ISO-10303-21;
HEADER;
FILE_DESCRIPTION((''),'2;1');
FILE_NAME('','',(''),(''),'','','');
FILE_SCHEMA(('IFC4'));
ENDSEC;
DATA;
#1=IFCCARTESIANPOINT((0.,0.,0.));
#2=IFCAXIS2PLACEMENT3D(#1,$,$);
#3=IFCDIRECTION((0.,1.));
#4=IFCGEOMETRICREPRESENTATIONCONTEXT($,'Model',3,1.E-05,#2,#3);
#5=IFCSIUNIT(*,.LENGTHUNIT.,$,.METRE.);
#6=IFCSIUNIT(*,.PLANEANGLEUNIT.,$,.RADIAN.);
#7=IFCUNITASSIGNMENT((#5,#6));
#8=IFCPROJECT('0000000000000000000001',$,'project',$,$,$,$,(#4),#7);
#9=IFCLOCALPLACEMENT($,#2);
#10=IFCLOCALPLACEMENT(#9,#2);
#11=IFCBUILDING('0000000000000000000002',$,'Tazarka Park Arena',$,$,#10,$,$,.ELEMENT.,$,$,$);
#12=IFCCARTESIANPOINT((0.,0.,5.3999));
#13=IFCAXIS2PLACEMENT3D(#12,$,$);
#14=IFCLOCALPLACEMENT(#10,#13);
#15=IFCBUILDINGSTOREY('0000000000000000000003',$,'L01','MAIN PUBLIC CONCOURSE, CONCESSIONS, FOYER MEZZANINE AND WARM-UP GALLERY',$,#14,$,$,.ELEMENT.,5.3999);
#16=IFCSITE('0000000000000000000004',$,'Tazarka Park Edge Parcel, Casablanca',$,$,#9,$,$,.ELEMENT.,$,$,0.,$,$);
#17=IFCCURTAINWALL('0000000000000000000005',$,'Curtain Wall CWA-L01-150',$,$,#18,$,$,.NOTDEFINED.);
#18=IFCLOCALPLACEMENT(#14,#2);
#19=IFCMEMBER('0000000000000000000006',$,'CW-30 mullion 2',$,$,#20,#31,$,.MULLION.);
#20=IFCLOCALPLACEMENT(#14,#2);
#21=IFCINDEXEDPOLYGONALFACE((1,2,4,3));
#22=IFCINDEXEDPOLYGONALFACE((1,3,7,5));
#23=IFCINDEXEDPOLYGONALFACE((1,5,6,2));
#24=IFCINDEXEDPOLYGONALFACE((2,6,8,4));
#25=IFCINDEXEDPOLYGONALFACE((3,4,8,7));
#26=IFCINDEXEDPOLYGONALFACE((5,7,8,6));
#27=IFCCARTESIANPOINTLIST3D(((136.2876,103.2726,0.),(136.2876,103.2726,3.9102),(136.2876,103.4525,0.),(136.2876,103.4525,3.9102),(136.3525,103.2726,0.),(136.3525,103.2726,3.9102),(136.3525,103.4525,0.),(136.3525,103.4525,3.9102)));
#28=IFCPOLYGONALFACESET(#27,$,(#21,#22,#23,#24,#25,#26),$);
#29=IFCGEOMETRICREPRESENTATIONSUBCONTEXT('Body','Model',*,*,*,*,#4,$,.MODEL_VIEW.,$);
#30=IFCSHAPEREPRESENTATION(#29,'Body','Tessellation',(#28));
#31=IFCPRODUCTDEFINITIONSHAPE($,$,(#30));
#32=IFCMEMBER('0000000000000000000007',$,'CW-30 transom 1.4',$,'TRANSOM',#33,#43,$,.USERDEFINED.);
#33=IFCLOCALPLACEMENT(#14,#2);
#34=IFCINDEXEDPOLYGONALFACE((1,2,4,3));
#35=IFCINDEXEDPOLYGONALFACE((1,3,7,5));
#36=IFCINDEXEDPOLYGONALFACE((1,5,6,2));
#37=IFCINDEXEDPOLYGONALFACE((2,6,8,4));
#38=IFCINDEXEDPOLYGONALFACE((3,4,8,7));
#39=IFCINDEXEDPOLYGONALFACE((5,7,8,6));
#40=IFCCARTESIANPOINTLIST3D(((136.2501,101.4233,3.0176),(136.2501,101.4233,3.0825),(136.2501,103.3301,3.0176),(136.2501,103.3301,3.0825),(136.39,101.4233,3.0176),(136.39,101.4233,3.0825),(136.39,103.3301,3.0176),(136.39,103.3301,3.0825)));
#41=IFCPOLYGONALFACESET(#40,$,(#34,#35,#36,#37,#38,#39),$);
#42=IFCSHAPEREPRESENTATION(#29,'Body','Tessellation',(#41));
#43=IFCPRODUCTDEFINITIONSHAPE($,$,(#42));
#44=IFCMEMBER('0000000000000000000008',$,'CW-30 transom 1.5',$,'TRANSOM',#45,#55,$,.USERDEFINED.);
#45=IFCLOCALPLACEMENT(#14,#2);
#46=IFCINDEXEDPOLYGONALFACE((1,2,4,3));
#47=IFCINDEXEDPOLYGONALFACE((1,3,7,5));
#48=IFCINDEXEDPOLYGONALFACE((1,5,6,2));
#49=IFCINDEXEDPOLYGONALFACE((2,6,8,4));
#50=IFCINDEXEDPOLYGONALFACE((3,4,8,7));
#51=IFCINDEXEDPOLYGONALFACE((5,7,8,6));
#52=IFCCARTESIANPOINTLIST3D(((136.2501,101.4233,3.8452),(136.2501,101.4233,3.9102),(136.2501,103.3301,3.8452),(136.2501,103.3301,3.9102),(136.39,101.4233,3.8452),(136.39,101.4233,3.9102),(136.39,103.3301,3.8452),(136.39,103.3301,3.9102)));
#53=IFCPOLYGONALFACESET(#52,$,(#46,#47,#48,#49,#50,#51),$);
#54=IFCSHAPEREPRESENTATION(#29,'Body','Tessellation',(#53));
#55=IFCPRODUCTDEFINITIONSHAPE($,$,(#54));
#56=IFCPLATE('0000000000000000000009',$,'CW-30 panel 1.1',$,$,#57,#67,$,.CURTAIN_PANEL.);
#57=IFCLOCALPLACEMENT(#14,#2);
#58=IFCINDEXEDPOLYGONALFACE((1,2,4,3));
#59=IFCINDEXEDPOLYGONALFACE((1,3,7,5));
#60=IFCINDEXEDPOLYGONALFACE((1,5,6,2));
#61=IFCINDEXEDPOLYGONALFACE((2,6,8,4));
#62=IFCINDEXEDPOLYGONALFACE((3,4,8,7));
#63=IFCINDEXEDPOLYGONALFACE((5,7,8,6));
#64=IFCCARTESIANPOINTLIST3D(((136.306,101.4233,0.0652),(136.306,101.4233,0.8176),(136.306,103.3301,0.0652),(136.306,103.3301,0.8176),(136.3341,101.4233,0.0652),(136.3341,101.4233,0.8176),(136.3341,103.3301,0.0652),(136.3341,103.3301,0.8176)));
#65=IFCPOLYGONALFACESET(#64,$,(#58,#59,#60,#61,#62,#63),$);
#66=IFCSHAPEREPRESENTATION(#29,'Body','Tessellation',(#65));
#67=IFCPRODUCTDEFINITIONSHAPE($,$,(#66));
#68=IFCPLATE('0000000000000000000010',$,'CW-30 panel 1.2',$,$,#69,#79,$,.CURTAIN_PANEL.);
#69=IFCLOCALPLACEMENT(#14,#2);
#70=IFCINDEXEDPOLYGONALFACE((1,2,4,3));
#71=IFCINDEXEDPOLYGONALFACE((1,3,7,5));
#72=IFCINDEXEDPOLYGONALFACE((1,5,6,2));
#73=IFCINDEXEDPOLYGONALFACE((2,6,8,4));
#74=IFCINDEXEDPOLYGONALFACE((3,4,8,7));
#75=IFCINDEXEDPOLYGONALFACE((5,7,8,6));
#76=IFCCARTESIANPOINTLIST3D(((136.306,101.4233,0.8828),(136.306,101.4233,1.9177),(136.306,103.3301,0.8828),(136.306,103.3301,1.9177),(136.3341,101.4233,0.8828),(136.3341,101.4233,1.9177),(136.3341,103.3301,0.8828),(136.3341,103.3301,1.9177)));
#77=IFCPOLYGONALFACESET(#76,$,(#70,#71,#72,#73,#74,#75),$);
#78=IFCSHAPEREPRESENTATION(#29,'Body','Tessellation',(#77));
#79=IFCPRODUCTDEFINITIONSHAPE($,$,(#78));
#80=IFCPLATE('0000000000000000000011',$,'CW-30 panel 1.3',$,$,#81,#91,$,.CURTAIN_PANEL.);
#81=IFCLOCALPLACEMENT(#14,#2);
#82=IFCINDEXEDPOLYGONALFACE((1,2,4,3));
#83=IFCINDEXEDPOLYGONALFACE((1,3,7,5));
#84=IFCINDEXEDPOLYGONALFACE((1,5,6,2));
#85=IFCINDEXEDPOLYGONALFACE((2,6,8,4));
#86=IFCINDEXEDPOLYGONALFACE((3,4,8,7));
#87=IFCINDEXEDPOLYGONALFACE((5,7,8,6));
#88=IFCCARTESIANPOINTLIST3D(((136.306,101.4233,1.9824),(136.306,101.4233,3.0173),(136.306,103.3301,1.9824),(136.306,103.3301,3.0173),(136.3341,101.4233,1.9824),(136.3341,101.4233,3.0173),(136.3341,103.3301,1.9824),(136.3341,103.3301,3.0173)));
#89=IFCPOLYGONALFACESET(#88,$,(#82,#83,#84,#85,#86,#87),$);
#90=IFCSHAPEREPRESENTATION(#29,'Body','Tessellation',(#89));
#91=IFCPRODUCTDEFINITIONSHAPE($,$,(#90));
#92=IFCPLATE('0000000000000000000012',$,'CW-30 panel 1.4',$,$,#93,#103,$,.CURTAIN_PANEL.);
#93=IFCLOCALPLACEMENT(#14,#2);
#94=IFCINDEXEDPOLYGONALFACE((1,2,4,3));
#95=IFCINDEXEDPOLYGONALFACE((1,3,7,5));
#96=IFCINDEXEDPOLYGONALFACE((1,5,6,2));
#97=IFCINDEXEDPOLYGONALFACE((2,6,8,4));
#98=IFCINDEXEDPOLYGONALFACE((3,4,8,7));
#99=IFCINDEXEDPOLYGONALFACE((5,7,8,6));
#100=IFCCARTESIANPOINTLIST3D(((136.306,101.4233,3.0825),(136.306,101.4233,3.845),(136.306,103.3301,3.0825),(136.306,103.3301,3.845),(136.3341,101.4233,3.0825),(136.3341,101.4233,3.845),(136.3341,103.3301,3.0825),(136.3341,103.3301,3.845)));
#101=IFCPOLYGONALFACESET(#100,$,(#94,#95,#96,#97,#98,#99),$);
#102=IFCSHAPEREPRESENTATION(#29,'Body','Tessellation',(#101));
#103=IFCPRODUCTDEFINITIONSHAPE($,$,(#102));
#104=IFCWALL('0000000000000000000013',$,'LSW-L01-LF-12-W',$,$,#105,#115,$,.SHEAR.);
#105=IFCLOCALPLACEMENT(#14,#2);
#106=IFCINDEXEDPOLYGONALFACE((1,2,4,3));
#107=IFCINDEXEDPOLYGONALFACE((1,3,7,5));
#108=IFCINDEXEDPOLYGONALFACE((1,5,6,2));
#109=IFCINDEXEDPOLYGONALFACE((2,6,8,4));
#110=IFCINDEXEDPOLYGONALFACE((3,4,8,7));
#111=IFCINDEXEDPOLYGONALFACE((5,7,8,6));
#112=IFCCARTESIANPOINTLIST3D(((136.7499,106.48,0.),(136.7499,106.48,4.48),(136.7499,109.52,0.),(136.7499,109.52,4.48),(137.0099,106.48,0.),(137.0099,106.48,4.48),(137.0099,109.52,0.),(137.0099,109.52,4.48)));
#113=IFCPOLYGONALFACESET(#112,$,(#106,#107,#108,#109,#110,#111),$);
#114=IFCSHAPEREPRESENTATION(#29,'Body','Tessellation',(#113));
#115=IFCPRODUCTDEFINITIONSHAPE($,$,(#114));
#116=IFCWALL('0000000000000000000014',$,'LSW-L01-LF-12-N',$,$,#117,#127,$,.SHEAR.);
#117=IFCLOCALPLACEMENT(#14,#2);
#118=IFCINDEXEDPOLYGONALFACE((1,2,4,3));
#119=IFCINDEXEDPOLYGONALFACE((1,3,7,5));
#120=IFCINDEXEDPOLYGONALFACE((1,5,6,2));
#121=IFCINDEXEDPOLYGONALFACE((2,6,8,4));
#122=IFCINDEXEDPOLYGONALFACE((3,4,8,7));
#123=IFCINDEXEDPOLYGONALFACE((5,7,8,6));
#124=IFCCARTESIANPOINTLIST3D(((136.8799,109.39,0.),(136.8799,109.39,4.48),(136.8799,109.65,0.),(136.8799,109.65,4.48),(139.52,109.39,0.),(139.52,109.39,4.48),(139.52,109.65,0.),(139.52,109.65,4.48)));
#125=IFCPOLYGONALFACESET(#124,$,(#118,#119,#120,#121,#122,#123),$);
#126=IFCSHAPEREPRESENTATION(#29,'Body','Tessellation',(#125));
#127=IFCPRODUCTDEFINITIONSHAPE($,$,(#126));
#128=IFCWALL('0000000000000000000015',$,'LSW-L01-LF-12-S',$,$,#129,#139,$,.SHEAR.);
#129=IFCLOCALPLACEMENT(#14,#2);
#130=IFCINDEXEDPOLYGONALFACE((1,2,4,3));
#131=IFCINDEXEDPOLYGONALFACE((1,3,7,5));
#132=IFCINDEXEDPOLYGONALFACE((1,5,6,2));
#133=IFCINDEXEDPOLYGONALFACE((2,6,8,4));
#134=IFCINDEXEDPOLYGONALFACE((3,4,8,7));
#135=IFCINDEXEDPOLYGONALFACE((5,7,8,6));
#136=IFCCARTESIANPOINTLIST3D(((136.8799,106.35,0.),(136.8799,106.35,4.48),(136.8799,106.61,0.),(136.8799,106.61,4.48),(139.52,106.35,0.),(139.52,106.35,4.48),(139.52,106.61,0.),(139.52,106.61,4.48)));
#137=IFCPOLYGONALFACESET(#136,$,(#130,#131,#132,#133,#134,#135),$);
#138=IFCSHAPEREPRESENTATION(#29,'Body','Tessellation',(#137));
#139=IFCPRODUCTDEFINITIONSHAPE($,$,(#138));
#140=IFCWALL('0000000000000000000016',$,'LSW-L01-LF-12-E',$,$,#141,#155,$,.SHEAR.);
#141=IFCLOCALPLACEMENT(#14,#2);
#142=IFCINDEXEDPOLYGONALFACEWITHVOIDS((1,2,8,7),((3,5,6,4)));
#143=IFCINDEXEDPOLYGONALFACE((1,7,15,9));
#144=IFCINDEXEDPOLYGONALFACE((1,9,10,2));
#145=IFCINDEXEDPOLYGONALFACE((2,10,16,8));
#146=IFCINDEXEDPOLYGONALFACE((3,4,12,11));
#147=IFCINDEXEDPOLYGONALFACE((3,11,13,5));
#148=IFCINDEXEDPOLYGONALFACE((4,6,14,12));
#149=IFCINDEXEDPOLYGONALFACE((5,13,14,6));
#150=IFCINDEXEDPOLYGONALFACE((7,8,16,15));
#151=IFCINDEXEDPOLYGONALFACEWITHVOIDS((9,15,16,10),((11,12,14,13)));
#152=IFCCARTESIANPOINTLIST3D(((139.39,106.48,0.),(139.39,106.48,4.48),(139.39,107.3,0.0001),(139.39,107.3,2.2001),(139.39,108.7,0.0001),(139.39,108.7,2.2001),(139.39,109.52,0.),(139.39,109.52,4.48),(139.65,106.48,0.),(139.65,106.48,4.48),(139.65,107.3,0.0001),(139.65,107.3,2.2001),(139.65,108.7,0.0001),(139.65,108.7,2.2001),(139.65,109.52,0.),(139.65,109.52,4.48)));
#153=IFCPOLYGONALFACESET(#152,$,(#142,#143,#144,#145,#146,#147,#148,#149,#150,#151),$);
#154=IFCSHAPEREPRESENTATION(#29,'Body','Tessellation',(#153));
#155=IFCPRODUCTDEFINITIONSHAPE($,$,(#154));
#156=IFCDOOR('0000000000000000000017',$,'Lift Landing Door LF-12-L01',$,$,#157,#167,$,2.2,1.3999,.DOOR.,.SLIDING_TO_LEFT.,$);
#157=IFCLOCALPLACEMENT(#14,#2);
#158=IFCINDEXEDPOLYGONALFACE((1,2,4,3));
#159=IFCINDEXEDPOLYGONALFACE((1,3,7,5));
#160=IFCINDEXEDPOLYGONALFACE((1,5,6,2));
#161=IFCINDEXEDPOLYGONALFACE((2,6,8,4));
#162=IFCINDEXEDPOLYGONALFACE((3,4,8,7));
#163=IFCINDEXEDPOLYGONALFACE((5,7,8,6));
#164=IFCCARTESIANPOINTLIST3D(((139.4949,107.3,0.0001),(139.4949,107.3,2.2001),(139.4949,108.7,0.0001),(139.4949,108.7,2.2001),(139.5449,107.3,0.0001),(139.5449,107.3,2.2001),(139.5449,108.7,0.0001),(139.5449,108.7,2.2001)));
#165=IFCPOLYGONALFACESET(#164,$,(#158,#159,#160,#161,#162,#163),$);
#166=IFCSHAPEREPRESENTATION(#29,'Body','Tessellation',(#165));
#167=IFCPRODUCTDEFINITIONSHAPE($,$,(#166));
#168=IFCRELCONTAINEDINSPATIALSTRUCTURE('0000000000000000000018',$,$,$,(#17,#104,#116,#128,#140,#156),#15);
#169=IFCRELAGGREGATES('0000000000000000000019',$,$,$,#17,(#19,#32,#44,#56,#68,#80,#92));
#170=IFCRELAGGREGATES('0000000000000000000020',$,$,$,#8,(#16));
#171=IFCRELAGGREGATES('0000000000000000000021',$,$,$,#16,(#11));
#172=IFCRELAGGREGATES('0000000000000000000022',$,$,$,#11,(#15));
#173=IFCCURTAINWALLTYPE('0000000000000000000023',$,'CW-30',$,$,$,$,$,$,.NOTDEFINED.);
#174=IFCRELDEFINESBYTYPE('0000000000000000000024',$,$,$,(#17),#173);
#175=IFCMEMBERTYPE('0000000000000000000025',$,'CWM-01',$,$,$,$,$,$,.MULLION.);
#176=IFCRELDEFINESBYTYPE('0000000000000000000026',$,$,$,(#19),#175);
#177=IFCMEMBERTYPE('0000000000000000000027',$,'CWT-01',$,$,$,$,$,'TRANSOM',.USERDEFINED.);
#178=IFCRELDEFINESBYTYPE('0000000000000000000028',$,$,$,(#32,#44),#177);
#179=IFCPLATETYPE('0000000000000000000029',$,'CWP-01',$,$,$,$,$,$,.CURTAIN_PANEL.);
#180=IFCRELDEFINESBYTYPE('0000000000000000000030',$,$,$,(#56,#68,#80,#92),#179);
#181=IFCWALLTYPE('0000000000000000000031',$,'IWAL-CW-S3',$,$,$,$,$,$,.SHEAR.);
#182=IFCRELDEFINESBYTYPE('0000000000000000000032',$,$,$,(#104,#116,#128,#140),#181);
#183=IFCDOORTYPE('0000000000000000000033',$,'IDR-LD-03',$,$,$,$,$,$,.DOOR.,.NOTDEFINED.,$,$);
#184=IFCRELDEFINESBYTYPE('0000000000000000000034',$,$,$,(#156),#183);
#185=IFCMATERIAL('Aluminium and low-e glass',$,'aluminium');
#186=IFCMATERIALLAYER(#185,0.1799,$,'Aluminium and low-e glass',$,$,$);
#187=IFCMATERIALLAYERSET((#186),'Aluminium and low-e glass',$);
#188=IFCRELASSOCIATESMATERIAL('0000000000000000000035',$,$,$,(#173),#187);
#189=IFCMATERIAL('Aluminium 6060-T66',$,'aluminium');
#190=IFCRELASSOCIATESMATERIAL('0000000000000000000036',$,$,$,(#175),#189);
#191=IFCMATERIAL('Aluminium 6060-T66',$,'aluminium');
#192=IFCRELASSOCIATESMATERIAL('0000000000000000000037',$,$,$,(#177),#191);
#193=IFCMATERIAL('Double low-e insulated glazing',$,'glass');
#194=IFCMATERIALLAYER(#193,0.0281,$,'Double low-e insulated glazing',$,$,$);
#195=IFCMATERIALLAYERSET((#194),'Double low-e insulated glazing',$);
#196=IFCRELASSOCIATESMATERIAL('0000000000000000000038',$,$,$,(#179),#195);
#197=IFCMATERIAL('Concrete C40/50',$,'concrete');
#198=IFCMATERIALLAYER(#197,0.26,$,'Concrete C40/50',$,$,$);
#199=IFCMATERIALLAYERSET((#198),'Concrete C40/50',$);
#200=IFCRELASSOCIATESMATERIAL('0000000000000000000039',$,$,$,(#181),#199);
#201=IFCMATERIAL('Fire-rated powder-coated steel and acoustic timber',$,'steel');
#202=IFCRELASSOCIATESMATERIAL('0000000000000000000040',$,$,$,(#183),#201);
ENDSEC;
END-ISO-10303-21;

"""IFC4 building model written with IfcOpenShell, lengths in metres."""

from ifc_helpers import new_model, si_unit, direction, frame, frame_2d, origin, origin_2d, place, context, subcontext, project, spatial, rectangle, extrude, material, layer, layer_set, material_profile, profile_set, type_object, element, fill, aggregate, save


model = new_model("IFC4")

# Units and contexts
model_context = context("Model", 3, precision=1e-05, world=origin(), true_north=direction((0.0, 1.0)))
body_context = subcontext(model_context, "Body", "Model", "MODEL_VIEW")
ifc_project = project(units=[si_unit("LENGTHUNIT", "METRE"), si_unit("PLANEANGLEUNIT", "RADIAN")], contexts=[model_context])

# Site, building, storey
site_placement = place(None, origin())
site = spatial("IfcSite", under=ifc_project, at=site_placement, Name="Tazarka Park Edge Parcel, Casablanca", CompositionType="ELEMENT", RefElevation=0.0)
building_placement = place(site_placement, origin())
building = spatial("IfcBuilding", under=site, at=building_placement, Name="Tazarka Park Arena", CompositionType="ELEMENT")
storey_placement = place(building_placement, frame((0.0, 0.0, 5.3999)))
storey = spatial("IfcBuildingStorey", under=building, at=storey_placement, Name="L01", Description="MAIN PUBLIC CONCOURSE, CONCESSIONS, FOYER MEZZANINE AND WARM-UP GALLERY", CompositionType="ELEMENT", Elevation=5.3999)

# Curtain wall, members, plates
ifc_material_1 = material(Name="Aluminium and low-e glass", Category="aluminium")
ifc_layer_1 = layer(ifc_material_1, 0.1799, Name="Aluminium and low-e glass")
ifc_layer_set_1 = layer_set([ifc_layer_1], Name="Aluminium and low-e glass")
curtain_wall_type = type_object("IfcCurtainWallType", Name="CW-30", PredefinedType="NOTDEFINED", material=ifc_layer_set_1)
curtain_wall_placement = place(storey_placement, origin())
curtain_wall = element("IfcCurtainWall", 1, at=curtain_wall_placement, inside=storey, type_object=curtain_wall_type, Name="Curtain Wall CWA-L01-150", PredefinedType="NOTDEFINED")
ifc_material_2 = material(Name="Aluminium 6060-T66", Category="aluminium")
ifc_material_profile_1 = material_profile(ifc_material_2, rectangle(XDim=0.0649, YDim=0.1799, at=origin_2d()), Name="Aluminium 6060-T66")
ifc_profile_set_1 = profile_set([ifc_material_profile_1], Name="Aluminium 6060-T66")
member_type_1 = type_object("IfcMemberType", Name="CWM-01", PredefinedType="MULLION", material=ifc_profile_set_1)
member_1_placement = place(storey_placement, frame((136.3201, 103.3625, 0.0), z_axis=(0.0, 0.0, 1.0), x_axis=(-1.0, 0.0, 0.0)))
member_1 = element("IfcMember", 2, at=member_1_placement, type_object=member_type_1, Name="CW-30 mullion 2", PredefinedType="MULLION", context=body_context, shape_type="SweptSolid", body=[
    extrude(rectangle(XDim=0.0649, YDim=0.1799, at=origin_2d()), origin(), (0.0, 0.0, 1.0), 3.9102),
])
ifc_material_3 = material(Name="Aluminium 6060-T66", Category="aluminium")
ifc_material_profile_2 = material_profile(ifc_material_3, rectangle(XDim=0.1399, YDim=0.0649, at=origin_2d()), Name="Aluminium 6060-T66")
ifc_profile_set_2 = profile_set([ifc_material_profile_2], Name="Aluminium 6060-T66")
member_type_2 = type_object("IfcMemberType", Name="CWT-01", ElementType="TRANSOM", PredefinedType="USERDEFINED", material=ifc_profile_set_2)
member_2_placement = place(storey_placement, frame((136.3201, 101.4233, 3.05), z_axis=(0.0, 1.0, 0.0), x_axis=(-1.0, 0.0, 0.0)))
member_2 = element("IfcMember", 3, at=member_2_placement, type_object=member_type_2, Name="CW-30 transom 1.4", ObjectType="TRANSOM", PredefinedType="USERDEFINED", context=body_context, shape_type="SweptSolid", body=[
    extrude(rectangle(XDim=0.1399, YDim=0.0649, at=origin_2d()), origin(), (0.0, 0.0, 1.0), 1.9067),
])
member_3_placement = place(storey_placement, frame((136.3201, 101.4233, 3.8777), z_axis=(0.0, 1.0, 0.0), x_axis=(-1.0, 0.0, 0.0)))
member_3 = element("IfcMember", 4, at=member_3_placement, type_object=member_type_2, Name="CW-30 transom 1.5", ObjectType="TRANSOM", PredefinedType="USERDEFINED", context=body_context, shape_type="SweptSolid", body=[
    extrude(rectangle(XDim=0.1399, YDim=0.0649, at=origin_2d()), origin(), (0.0, 0.0, 1.0), 1.9067),
])
ifc_material_4 = material(Name="Double low-e insulated glazing", Category="glass")
ifc_layer_2 = layer(ifc_material_4, 0.0281, Name="Double low-e insulated glazing")
ifc_layer_set_2 = layer_set([ifc_layer_2], Name="Double low-e insulated glazing")
plate_type = type_object("IfcPlateType", Name="CWP-01", PredefinedType="CURTAIN_PANEL", material=ifc_layer_set_2)
plate_1_placement = place(storey_placement, frame((136.3201, 102.3767, 0.0652), z_axis=(0.0, 0.0, 1.0), x_axis=(0.0, 1.0, 0.0)))
plate_1 = element("IfcPlate", 5, at=plate_1_placement, type_object=plate_type, Name="CW-30 panel 1.1", PredefinedType="CURTAIN_PANEL", context=body_context, shape_type="SweptSolid", body=[
    extrude(rectangle(XDim=1.9067, YDim=0.0281, at=origin_2d()), origin(), (0.0, 0.0, 1.0), 0.7524),
])
plate_2_placement = place(storey_placement, frame((136.3201, 102.3767, 0.8828), z_axis=(0.0, 0.0, 1.0), x_axis=(0.0, 1.0, 0.0)))
plate_2 = element("IfcPlate", 6, at=plate_2_placement, type_object=plate_type, Name="CW-30 panel 1.2", PredefinedType="CURTAIN_PANEL", context=body_context, shape_type="SweptSolid", body=[
    extrude(rectangle(XDim=1.9067, YDim=0.0281, at=origin_2d()), origin(), (0.0, 0.0, 1.0), 1.0349),
])
plate_3_placement = place(storey_placement, frame((136.3201, 102.3767, 1.9824), z_axis=(0.0, 0.0, 1.0), x_axis=(0.0, 1.0, 0.0)))
plate_3 = element("IfcPlate", 7, at=plate_3_placement, type_object=plate_type, Name="CW-30 panel 1.3", PredefinedType="CURTAIN_PANEL", context=body_context, shape_type="SweptSolid", body=[
    extrude(rectangle(XDim=1.9067, YDim=0.0281, at=origin_2d()), origin(), (0.0, 0.0, 1.0), 1.0349),
])
plate_4_placement = place(storey_placement, frame((136.3201, 102.3767, 3.0825), z_axis=(0.0, 0.0, 1.0), x_axis=(0.0, 1.0, 0.0)))
plate_4 = element("IfcPlate", 8, at=plate_4_placement, type_object=plate_type, Name="CW-30 panel 1.4", PredefinedType="CURTAIN_PANEL", context=body_context, shape_type="SweptSolid", body=[
    extrude(rectangle(XDim=1.9067, YDim=0.0281, at=origin_2d()), origin(), (0.0, 0.0, 1.0), 0.7625),
])
aggregate(curtain_wall, [member_1, member_2, member_3, plate_1, plate_2, plate_3, plate_4])

# Walls
ifc_material_5 = material(Name="Concrete C40/50", Category="concrete")
ifc_layer_3 = layer(ifc_material_5, 0.26, Name="Concrete C40/50")
ifc_layer_set_3 = layer_set([ifc_layer_3], Name="Concrete C40/50")
wall_type_1 = type_object("IfcWallType", Name="IWAL-CW-S3", PredefinedType="SHEAR", material=ifc_layer_set_3)
wall_1_placement = place(storey_placement, frame((136.8799, 106.48, 0.0), z_axis=(0.0, 0.0, 1.0), x_axis=(0.0, 1.0, 0.0)))
element("IfcWall", 9, at=wall_1_placement, inside=storey, type_object=wall_type_1, Name="LSW-L01-LF-12-W", PredefinedType="SHEAR", context=body_context, shape_type="SweptSolid", body=[
    extrude(rectangle(XDim=3.04, YDim=0.26, at=frame_2d((1.52, 0.0))), origin(), (0.0, 0.0, 1.0), 4.48),
])
for number, where, z_axis, x_axis, name in (
    (10, (136.8799, 109.52, 0.0), (0.0, 0.0, 1.0), (1.0, 0.0, 0.0), "LSW-L01-LF-12-N"),
    (11, (139.52, 106.48, 0.0), (0.0, 0.0, 1.0), (-1.0, 0.0, 0.0), "LSW-L01-LF-12-S"),
):
    element("IfcWall", number, at=place(storey_placement, frame(where, z_axis=z_axis, x_axis=x_axis)), inside=storey, type_object=wall_type_1, Name=name, PredefinedType="SHEAR", context=body_context, shape_type="SweptSolid", body=[
        extrude(rectangle(XDim=2.6401, YDim=0.26, at=frame_2d((1.3201, 0.0))), origin(), (0.0, 0.0, 1.0), 4.48),
    ])

# Wall, opening, door
wall_2_placement = place(storey_placement, frame((139.52, 109.52, 0.0), z_axis=(0.0, 0.0, 1.0), x_axis=(0.0, -1.0, 0.0)))
wall_2 = element("IfcWall", 12, at=wall_2_placement, inside=storey, type_object=wall_type_1, Name="LSW-L01-LF-12-E", PredefinedType="SHEAR", context=body_context, shape_type="SweptSolid", body=[
    extrude(rectangle(XDim=3.04, YDim=0.26, at=frame_2d((1.52, 0.0))), origin(), (0.0, 0.0, 1.0), 4.48),
])
opening_1_placement = place(wall_2_placement, frame((0.8201, 0.0, 0.0)))
opening_1 = element("IfcOpeningElement", 13, at=opening_1_placement, cuts=wall_2, PredefinedType="OPENING", context=body_context, shape_type="SweptSolid", body=[
    extrude(rectangle(XDim=1.3999, YDim=2.2, at=frame_2d((0.7, 1.1001))), frame((0.0, 0.1401, 0.0), z_axis=(0.0, -1.0, 0.0), x_axis=(1.0, 0.0, 0.0)), (0.0, 0.0, 1.0), 0.28),
])
ifc_material_6 = material(Name="Fire-rated powder-coated steel and acoustic timber", Category="steel")
door_type_1 = type_object("IfcDoorType", Name="IDR-LD-03", OperationType="NOTDEFINED", PredefinedType="DOOR", material=ifc_material_6)
door_1_placement = place(opening_1_placement, origin())
door_1 = element("IfcDoor", 14, at=door_1_placement, inside=storey, type_object=door_type_1, Name="Lift Landing Door LF-12-L01", OperationType="SLIDING_TO_LEFT", OverallHeight=2.2, OverallWidth=1.3999, PredefinedType="DOOR", context=body_context, shape_type="SweptSolid", body=[
    extrude(rectangle(XDim=1.3999, YDim=2.2, at=frame_2d((0.7, 1.1001))), frame((0.0, 0.0249, 0.0), z_axis=(0.0, -1.0, 0.0), x_axis=(1.0, 0.0, 0.0)), (0.0, 0.0, 1.0), 0.05),
])
fill(opening_1, door_1)

save(model, "model.ifc")
